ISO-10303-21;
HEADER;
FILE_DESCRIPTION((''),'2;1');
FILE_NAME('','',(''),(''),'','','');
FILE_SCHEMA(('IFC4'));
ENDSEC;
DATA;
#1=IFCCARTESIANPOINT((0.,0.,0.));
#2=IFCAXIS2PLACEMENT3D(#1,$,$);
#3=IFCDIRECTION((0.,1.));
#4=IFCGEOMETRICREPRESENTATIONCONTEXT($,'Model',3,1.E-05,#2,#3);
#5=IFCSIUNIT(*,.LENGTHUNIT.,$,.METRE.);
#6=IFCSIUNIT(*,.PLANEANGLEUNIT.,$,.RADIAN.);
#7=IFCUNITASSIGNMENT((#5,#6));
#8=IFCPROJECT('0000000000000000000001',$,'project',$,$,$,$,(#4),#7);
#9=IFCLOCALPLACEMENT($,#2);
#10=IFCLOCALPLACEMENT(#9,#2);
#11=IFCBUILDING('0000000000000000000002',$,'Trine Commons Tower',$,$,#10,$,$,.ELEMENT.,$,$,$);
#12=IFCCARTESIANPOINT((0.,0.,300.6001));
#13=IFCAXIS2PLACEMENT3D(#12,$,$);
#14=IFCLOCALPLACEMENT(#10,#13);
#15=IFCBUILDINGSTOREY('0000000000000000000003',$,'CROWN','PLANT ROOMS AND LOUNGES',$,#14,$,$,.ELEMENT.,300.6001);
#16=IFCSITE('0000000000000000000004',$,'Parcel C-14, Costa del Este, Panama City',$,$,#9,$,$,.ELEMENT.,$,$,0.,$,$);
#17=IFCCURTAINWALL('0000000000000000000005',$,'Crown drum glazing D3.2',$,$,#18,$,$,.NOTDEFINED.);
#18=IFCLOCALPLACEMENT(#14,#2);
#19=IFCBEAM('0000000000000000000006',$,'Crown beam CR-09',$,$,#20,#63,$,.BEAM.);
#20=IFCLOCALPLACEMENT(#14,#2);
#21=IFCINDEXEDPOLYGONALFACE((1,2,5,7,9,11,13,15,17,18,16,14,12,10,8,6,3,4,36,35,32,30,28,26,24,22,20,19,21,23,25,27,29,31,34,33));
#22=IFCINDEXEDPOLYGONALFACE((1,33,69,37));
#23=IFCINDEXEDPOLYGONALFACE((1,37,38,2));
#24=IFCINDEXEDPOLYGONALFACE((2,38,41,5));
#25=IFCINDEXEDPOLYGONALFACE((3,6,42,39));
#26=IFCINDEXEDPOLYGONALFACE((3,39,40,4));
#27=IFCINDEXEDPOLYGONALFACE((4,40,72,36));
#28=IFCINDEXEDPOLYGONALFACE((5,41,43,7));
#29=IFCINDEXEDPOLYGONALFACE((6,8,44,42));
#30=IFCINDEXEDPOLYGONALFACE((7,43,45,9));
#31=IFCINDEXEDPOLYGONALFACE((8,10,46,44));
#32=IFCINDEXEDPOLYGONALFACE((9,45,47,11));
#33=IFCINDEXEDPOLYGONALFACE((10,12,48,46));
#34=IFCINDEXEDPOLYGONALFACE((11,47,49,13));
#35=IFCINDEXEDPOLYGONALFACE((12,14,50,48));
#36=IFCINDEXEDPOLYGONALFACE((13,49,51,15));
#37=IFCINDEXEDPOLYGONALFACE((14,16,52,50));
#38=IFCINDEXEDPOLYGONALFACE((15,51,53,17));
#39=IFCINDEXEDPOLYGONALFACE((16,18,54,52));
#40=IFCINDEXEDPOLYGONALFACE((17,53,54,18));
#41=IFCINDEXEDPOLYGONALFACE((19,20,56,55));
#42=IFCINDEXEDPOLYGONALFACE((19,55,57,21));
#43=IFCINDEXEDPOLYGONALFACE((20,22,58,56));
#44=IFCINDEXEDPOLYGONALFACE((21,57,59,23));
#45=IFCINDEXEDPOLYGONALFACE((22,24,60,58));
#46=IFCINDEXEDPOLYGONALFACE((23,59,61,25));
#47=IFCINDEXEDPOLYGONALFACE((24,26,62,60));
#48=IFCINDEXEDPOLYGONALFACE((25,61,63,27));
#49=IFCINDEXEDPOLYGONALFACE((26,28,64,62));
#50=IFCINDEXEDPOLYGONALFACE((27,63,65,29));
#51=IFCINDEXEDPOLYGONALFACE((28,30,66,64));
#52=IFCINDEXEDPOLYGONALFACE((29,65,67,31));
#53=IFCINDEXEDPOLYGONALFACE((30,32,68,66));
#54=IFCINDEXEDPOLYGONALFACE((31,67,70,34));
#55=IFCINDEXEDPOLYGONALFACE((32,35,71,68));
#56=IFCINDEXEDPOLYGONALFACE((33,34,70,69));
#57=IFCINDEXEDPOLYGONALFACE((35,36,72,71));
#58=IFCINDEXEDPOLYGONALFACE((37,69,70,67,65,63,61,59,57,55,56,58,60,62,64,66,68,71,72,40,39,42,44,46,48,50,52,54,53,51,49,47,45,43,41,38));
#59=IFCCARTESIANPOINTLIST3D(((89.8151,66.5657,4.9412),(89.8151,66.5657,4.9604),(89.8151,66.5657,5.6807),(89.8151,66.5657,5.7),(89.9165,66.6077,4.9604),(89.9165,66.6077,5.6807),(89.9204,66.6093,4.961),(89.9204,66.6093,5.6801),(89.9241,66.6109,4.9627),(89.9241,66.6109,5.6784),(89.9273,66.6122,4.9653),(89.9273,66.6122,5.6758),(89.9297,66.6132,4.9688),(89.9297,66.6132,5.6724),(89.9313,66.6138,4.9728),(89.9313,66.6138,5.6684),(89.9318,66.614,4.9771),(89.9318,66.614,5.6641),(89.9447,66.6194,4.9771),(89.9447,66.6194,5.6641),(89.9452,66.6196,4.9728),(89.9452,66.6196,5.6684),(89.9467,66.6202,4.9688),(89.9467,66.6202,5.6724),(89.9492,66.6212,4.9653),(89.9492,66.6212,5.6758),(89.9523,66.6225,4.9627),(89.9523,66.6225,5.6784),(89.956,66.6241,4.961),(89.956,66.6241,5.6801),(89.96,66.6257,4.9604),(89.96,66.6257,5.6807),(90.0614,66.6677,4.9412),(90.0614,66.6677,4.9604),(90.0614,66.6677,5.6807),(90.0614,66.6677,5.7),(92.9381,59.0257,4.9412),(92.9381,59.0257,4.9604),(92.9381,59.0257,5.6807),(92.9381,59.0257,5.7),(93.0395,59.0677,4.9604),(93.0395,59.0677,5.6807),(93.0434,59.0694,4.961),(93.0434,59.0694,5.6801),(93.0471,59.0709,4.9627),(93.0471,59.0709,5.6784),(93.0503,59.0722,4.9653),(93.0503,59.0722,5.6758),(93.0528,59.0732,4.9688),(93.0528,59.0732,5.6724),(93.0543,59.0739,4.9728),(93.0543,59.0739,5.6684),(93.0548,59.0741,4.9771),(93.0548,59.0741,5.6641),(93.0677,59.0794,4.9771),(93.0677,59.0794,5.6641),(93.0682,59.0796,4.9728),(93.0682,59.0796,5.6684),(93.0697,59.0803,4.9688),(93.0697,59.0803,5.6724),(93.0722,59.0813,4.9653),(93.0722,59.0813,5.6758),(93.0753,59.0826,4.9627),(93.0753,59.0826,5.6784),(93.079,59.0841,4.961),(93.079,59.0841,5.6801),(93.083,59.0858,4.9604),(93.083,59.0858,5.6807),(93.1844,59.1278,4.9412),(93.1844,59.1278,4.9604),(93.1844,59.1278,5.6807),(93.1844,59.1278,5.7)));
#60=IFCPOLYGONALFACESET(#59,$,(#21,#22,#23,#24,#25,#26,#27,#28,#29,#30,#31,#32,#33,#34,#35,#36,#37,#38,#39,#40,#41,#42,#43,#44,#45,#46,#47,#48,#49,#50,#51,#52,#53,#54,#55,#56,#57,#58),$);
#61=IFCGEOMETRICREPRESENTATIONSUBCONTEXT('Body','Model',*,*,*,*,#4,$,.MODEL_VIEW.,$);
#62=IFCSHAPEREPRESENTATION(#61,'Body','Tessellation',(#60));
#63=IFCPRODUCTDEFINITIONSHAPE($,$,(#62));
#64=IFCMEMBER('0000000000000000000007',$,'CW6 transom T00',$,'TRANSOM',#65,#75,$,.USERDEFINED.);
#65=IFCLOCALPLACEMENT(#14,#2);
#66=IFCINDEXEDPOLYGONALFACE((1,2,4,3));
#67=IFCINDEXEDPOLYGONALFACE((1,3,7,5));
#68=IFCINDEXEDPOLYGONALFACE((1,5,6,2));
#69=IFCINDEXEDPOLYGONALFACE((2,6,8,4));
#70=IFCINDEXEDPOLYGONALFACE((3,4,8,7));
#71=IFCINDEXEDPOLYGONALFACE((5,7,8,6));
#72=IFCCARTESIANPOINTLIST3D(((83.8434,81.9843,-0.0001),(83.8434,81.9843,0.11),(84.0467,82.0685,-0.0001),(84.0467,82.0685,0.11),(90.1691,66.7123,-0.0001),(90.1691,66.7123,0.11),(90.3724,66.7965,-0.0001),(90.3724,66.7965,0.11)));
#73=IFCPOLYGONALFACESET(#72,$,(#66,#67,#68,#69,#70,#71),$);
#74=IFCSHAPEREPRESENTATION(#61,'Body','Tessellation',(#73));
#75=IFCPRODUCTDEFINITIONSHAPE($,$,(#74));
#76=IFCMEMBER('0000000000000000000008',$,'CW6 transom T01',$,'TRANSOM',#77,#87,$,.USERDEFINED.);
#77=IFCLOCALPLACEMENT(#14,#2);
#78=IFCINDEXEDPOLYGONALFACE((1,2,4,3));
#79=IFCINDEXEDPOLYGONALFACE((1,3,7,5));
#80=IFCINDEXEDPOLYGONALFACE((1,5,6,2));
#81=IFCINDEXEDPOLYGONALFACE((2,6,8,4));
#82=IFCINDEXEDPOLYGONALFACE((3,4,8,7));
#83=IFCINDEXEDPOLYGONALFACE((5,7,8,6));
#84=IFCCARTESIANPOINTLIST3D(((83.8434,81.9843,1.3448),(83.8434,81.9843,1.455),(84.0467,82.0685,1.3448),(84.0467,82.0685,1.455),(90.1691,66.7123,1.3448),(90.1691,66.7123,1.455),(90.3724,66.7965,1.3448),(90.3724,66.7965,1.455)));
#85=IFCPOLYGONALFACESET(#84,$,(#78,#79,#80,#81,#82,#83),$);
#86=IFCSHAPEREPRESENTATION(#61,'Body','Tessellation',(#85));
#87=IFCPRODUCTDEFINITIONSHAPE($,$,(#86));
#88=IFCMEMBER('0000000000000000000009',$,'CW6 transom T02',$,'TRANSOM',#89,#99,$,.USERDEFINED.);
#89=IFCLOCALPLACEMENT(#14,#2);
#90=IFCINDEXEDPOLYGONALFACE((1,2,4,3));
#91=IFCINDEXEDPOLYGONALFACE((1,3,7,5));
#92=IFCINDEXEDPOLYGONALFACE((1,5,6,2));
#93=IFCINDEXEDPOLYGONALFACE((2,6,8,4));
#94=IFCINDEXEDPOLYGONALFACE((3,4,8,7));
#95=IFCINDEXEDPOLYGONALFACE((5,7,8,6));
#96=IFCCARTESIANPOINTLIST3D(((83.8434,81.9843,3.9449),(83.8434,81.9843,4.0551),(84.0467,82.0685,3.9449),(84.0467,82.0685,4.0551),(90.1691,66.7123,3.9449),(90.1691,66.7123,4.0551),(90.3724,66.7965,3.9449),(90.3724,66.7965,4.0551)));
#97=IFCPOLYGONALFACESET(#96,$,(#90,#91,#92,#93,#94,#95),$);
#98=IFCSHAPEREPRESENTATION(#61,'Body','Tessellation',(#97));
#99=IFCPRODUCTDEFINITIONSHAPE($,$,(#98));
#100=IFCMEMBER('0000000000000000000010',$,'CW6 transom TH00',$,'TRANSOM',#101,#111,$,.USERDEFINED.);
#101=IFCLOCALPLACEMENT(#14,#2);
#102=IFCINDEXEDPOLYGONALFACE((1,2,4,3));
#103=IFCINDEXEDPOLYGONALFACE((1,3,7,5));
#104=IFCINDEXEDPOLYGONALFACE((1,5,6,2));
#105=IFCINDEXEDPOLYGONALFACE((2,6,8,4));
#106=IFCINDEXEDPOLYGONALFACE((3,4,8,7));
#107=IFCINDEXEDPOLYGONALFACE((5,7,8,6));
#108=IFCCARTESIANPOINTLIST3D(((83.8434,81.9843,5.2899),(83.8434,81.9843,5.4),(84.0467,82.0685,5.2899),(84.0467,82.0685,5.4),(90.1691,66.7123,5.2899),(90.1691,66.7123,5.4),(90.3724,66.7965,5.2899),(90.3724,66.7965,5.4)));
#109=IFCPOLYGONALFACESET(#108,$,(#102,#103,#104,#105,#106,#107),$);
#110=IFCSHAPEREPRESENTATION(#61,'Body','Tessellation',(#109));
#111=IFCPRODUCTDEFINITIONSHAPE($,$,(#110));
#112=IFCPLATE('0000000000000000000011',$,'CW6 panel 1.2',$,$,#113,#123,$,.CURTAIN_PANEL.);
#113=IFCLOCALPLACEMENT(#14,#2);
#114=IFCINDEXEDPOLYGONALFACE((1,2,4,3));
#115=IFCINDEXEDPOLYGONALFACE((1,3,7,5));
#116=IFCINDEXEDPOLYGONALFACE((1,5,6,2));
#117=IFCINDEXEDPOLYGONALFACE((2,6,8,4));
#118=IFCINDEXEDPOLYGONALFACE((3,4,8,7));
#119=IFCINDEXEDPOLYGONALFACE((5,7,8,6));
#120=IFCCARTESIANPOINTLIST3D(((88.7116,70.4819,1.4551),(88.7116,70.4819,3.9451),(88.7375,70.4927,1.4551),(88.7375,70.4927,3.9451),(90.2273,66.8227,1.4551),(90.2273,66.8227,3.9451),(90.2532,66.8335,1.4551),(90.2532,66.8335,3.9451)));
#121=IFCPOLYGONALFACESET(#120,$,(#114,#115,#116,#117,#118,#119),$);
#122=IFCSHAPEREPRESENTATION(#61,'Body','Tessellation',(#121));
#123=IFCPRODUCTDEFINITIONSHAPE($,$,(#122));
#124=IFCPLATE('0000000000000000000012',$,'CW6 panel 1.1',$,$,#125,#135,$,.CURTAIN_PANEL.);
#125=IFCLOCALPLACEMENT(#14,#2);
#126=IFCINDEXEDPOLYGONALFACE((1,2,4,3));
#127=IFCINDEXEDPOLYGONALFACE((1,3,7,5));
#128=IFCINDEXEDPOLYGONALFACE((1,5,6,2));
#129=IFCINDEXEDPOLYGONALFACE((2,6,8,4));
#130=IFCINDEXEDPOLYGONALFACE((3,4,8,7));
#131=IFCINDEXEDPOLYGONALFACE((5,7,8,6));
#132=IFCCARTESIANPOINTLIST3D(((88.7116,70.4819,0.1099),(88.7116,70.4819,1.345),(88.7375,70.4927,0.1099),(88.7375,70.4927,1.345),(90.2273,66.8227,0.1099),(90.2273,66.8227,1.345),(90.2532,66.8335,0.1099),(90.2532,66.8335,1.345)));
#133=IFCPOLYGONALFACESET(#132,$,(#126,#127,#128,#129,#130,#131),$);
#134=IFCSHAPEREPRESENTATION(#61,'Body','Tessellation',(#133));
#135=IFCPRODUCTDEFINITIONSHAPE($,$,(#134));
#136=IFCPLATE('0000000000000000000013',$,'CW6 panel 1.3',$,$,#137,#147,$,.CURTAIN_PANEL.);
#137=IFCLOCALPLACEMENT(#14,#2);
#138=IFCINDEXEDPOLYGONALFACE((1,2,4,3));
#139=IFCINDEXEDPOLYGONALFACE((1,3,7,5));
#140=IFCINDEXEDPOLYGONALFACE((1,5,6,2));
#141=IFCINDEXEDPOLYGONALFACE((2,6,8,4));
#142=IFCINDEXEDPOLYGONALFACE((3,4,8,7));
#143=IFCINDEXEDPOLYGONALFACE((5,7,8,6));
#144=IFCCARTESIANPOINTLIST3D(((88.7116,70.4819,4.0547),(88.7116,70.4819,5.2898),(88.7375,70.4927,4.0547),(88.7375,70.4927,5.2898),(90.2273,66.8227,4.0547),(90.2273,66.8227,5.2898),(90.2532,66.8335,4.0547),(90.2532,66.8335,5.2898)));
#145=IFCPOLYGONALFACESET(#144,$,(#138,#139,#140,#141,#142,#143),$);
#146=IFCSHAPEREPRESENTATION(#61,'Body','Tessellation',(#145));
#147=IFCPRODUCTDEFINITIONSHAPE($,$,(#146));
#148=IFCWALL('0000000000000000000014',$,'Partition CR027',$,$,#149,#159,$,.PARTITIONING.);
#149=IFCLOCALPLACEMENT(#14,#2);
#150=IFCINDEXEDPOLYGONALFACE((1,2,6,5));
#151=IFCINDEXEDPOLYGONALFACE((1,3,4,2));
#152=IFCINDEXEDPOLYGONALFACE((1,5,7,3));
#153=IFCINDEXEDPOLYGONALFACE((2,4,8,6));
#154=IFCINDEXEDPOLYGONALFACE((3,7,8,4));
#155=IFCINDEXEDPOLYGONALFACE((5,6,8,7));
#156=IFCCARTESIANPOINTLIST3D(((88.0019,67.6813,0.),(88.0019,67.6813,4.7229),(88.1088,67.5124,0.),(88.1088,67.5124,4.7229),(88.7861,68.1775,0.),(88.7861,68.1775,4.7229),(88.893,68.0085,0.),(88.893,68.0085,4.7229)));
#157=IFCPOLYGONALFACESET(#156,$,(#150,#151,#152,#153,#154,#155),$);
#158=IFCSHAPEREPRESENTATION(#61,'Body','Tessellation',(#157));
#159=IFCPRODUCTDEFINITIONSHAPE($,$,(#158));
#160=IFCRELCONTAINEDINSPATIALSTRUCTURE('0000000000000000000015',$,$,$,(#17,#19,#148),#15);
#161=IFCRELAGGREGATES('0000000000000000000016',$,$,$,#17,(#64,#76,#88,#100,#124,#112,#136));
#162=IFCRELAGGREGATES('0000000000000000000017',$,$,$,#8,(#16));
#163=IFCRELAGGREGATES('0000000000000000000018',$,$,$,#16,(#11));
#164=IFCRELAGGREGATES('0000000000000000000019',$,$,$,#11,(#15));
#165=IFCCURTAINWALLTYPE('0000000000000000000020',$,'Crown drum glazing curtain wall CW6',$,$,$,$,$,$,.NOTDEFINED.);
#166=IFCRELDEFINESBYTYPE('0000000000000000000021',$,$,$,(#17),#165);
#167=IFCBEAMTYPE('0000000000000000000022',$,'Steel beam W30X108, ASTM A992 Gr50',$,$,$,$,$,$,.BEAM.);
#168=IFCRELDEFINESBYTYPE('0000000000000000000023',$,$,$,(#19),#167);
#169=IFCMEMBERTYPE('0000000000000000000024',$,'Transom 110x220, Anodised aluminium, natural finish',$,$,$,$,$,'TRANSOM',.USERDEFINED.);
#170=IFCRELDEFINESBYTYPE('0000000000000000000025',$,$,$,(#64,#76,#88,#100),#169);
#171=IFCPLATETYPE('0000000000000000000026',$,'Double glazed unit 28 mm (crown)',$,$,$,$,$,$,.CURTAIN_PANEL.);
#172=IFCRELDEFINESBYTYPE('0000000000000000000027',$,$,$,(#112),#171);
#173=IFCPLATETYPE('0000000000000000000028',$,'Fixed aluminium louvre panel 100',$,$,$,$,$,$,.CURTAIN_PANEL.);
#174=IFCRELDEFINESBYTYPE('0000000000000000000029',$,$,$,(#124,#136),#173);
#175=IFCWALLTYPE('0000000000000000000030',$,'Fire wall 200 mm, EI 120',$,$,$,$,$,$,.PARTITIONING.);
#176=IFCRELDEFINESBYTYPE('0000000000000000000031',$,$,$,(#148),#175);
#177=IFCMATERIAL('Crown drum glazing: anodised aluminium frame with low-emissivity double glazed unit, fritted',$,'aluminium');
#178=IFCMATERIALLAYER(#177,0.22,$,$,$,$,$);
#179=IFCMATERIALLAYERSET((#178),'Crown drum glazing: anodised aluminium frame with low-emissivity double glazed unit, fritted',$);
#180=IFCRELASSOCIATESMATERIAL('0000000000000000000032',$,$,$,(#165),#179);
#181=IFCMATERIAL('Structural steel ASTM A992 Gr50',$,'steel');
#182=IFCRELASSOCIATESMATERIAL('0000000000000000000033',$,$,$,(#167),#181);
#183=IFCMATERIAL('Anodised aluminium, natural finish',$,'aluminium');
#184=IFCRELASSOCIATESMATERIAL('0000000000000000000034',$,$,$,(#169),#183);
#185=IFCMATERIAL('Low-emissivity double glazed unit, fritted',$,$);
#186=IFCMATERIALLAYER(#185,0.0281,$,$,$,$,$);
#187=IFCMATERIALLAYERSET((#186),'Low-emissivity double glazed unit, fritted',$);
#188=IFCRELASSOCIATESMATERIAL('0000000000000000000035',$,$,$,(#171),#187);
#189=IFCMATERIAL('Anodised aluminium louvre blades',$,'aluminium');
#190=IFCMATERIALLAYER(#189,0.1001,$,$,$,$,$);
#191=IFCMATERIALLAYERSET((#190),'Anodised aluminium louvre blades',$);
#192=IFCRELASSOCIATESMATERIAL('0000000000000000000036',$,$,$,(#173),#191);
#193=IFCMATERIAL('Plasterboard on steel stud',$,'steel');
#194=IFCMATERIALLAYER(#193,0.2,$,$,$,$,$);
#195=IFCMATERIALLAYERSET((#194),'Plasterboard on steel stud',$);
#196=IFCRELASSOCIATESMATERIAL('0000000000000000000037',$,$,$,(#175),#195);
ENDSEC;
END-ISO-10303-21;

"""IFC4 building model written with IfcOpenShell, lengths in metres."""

from ifc_helpers import new_model, si_unit, direction, frame, frame_2d, origin, origin_2d, place, context, subcontext, project, spatial, rectangle, i_section, extrude, material, layer, layer_set, material_profile, profile_set, type_object, element, aggregate, save


model = new_model("IFC4")

# Units and contexts
model_context = context("Model", 3, precision=1e-05, world=origin(), true_north=direction((0.0, 1.0)))
body_context = subcontext(model_context, "Body", "Model", "MODEL_VIEW")
ifc_project = project(units=[si_unit("LENGTHUNIT", "METRE"), si_unit("PLANEANGLEUNIT", "RADIAN")], contexts=[model_context])

# Site, building, storey
site_placement = place(None, origin())
site = spatial("IfcSite", under=ifc_project, at=site_placement, Name="Parcel C-14, Costa del Este, Panama City", CompositionType="ELEMENT", RefElevation=0.0)
building_placement = place(site_placement, origin())
building = spatial("IfcBuilding", under=site, at=building_placement, Name="Trine Commons Tower", CompositionType="ELEMENT")
storey_placement = place(building_placement, frame((0.0, 0.0, 300.6001)))
storey = spatial("IfcBuildingStorey", under=building, at=storey_placement, Name="CROWN", Description="PLANT ROOMS AND LOUNGES", CompositionType="ELEMENT", Elevation=300.6001)

# Shared definitions
ifc_material_1 = material(Name="Structural steel ASTM A992 Gr50", Category="steel")

# Curtain wall
ifc_material_2 = material(Name="Crown drum glazing: anodised aluminium frame with low-emissivity double glazed unit, fritted", Category="aluminium")
ifc_layer_1 = layer(ifc_material_2, 0.22)
ifc_layer_set_1 = layer_set([ifc_layer_1], Name="Crown drum glazing: anodised aluminium frame with low-emissivity double glazed unit, fritted")
curtain_wall_type = type_object("IfcCurtainWallType", Name="Crown drum glazing curtain wall CW6", PredefinedType="NOTDEFINED", material=ifc_layer_set_1)
ifc_material_3 = material(Name="Anodised aluminium, natural finish", Category="aluminium")
curtain_wall_1_placement = place(storey_placement, origin())
curtain_wall_1 = element("IfcCurtainWall", 1, at=curtain_wall_1_placement, inside=storey, type_object=curtain_wall_type, Name="Crown drum glazing D3.2", PredefinedType="NOTDEFINED")

# Beam
ifc_material_profile_1 = material_profile(ifc_material_1, i_section(OverallWidth=0.2666, OverallDepth=0.7588, WebThickness=0.0139, FlangeThickness=0.0193, FilletRadius=0.0166, at=origin_2d()), Name="W30X108")
ifc_profile_set_1 = profile_set([ifc_material_profile_1], Name="Structural steel ASTM A992 Gr50")
beam_type_1 = type_object("IfcBeamType", Name="Steel beam W30X108, ASTM A992 Gr50", PredefinedType="BEAM", material=ifc_profile_set_1)
beam_placement = place(storey_placement, frame((89.9382, 66.6167, 5.3206), z_axis=(0.382669, -0.923886, 0.0), x_axis=(0.923886, 0.382669, 0.0)))
element("IfcBeam", 2, at=beam_placement, inside=storey, type_object=beam_type_1, Name="Crown beam CR-09", PredefinedType="BEAM", context=body_context, shape_type="SweptSolid", body=[
    extrude(i_section(OverallWidth=0.2666, OverallDepth=0.7588, WebThickness=0.0139, FlangeThickness=0.0193, FilletRadius=0.0166, at=origin_2d()), origin(), (0.0, 0.0, 1.0), 8.1611),
])

# Members
ifc_material_profile_2 = material_profile(ifc_material_3, rectangle(XDim=0.22, YDim=0.1101, at=origin_2d()), Name="Transom 110x220")
ifc_profile_set_2 = profile_set([ifc_material_profile_2], Name="Anodised aluminium, natural finish")
member_type_1 = type_object("IfcMemberType", Name="Transom 110x220, Anodised aluminium, natural finish", ElementType="TRANSOM", PredefinedType="USERDEFINED", material=ifc_profile_set_2)
member_1_placement = place(storey_placement, frame((90.2708, 66.7544, 0.0549), z_axis=(-0.382674, 0.923883, 0.0), x_axis=(-0.923883, -0.382674, 0.0)))
member_1 = element("IfcMember", 3, at=member_1_placement, type_object=member_type_1, Name="CW6 transom T00", ObjectType="TRANSOM", PredefinedType="USERDEFINED", context=body_context, shape_type="SweptSolid", body=[
    extrude(rectangle(XDim=0.22, YDim=0.1101, at=origin_2d()), origin(), (0.0, 0.0, 1.0), 16.5303),
])
member_2_placement = place(storey_placement, frame((90.2708, 66.7544, 1.3999), z_axis=(-0.382674, 0.923883, 0.0), x_axis=(-0.923883, -0.382674, 0.0)))
member_2 = element("IfcMember", 4, at=member_2_placement, type_object=member_type_1, Name="CW6 transom T01", ObjectType="TRANSOM", PredefinedType="USERDEFINED", context=body_context, shape_type="SweptSolid", body=[
    extrude(rectangle(XDim=0.22, YDim=0.1101, at=origin_2d()), origin(), (0.0, 0.0, 1.0), 16.5303),
])
member_3_placement = place(storey_placement, frame((90.2708, 66.7544, 4.0), z_axis=(-0.382674, 0.923883, 0.0), x_axis=(-0.923883, -0.382674, 0.0)))
member_3 = element("IfcMember", 5, at=member_3_placement, type_object=member_type_1, Name="CW6 transom T02", ObjectType="TRANSOM", PredefinedType="USERDEFINED", context=body_context, shape_type="SweptSolid", body=[
    extrude(rectangle(XDim=0.22, YDim=0.1101, at=origin_2d()), origin(), (0.0, 0.0, 1.0), 16.5303),
])
member_4_placement = place(storey_placement, frame((90.2708, 66.7544, 5.345), z_axis=(-0.382674, 0.923883, 0.0), x_axis=(-0.923883, -0.382674, 0.0)))
member_4 = element("IfcMember", 6, at=member_4_placement, type_object=member_type_1, Name="CW6 transom TH00", ObjectType="TRANSOM", PredefinedType="USERDEFINED", context=body_context, shape_type="SweptSolid", body=[
    extrude(rectangle(XDim=0.22, YDim=0.1101, at=origin_2d()), origin(), (0.0, 0.0, 1.0), 16.5303),
])

# Plates
ifc_material_4 = material(Name="Low-emissivity double glazed unit, fritted")
ifc_layer_2 = layer(ifc_material_4, 0.0281)
ifc_layer_set_2 = layer_set([ifc_layer_2], Name="Low-emissivity double glazed unit, fritted")
plate_type_1 = type_object("IfcPlateType", Name="Double glazed unit 28 mm (crown)", PredefinedType="CURTAIN_PANEL", material=ifc_layer_set_2)
plate_1_placement = place(storey_placement, frame((89.4824, 68.6577, 1.4551), z_axis=(0.0, 0.0, 1.0), x_axis=(-0.382683, 0.92388, 0.0)))
plate_1 = element("IfcPlate", 7, at=plate_1_placement, type_object=plate_type_1, Name="CW6 panel 1.2", PredefinedType="CURTAIN_PANEL", context=body_context, shape_type="SweptSolid", body=[
    extrude(rectangle(XDim=3.9607, YDim=0.0281, at=origin_2d()), origin(), (0.0, 0.0, 1.0), 2.49),
])
ifc_material_5 = material(Name="Anodised aluminium louvre blades", Category="aluminium")
ifc_layer_3 = layer(ifc_material_5, 0.1001)
ifc_layer_set_3 = layer_set([ifc_layer_3], Name="Anodised aluminium louvre blades")
plate_type_2 = type_object("IfcPlateType", Name="Fixed aluminium louvre panel 100", PredefinedType="CURTAIN_PANEL", material=ifc_layer_set_3)
plate_2_placement = place(storey_placement, frame((89.4824, 68.6577, 0.1099), z_axis=(0.0, 0.0, 1.0), x_axis=(-0.382683, 0.92388, 0.0)))
plate_2 = element("IfcPlate", 8, at=plate_2_placement, type_object=plate_type_2, Name="CW6 panel 1.1", PredefinedType="CURTAIN_PANEL", context=body_context, shape_type="SweptSolid", body=[
    extrude(rectangle(XDim=3.9607, YDim=0.0281, at=origin_2d()), origin(), (0.0, 0.0, 1.0), 1.2351),
])
plate_3_placement = place(storey_placement, frame((89.4824, 68.6577, 4.0547), z_axis=(0.0, 0.0, 1.0), x_axis=(-0.382683, 0.92388, 0.0)))
plate_3 = element("IfcPlate", 9, at=plate_3_placement, type_object=plate_type_2, Name="CW6 panel 1.3", PredefinedType="CURTAIN_PANEL", context=body_context, shape_type="SweptSolid", body=[
    extrude(rectangle(XDim=3.9607, YDim=0.0281, at=origin_2d()), origin(), (0.0, 0.0, 1.0), 1.2351),
])
aggregate(curtain_wall_1, [member_1, member_2, member_3, member_4, plate_2, plate_1, plate_3])

# Wall
ifc_material_6 = material(Name="Plasterboard on steel stud", Category="steel")
ifc_layer_4 = layer(ifc_material_6, 0.2)
ifc_layer_set_4 = layer_set([ifc_layer_4], Name="Plasterboard on steel stud")
wall_type_1 = type_object("IfcWallType", Name="Fire wall 200 mm, EI 120", PredefinedType="PARTITIONING", material=ifc_layer_set_4)
wall_1_placement = place(storey_placement, frame((88.0554, 67.5969, 0.0), z_axis=(0.0, 0.0, 1.0), x_axis=(0.845089, 0.534626, 0.0)))
element("IfcWall", 10, at=wall_1_placement, inside=storey, type_object=wall_type_1, Name="Partition CR027", PredefinedType="PARTITIONING", context=body_context, shape_type="SweptSolid", body=[
    extrude(rectangle(XDim=0.928, YDim=0.2, at=frame_2d((0.4639, 0.0))), origin(), (0.0, 0.0, 1.0), 4.7229),
])

save(model, "model.ifc")
